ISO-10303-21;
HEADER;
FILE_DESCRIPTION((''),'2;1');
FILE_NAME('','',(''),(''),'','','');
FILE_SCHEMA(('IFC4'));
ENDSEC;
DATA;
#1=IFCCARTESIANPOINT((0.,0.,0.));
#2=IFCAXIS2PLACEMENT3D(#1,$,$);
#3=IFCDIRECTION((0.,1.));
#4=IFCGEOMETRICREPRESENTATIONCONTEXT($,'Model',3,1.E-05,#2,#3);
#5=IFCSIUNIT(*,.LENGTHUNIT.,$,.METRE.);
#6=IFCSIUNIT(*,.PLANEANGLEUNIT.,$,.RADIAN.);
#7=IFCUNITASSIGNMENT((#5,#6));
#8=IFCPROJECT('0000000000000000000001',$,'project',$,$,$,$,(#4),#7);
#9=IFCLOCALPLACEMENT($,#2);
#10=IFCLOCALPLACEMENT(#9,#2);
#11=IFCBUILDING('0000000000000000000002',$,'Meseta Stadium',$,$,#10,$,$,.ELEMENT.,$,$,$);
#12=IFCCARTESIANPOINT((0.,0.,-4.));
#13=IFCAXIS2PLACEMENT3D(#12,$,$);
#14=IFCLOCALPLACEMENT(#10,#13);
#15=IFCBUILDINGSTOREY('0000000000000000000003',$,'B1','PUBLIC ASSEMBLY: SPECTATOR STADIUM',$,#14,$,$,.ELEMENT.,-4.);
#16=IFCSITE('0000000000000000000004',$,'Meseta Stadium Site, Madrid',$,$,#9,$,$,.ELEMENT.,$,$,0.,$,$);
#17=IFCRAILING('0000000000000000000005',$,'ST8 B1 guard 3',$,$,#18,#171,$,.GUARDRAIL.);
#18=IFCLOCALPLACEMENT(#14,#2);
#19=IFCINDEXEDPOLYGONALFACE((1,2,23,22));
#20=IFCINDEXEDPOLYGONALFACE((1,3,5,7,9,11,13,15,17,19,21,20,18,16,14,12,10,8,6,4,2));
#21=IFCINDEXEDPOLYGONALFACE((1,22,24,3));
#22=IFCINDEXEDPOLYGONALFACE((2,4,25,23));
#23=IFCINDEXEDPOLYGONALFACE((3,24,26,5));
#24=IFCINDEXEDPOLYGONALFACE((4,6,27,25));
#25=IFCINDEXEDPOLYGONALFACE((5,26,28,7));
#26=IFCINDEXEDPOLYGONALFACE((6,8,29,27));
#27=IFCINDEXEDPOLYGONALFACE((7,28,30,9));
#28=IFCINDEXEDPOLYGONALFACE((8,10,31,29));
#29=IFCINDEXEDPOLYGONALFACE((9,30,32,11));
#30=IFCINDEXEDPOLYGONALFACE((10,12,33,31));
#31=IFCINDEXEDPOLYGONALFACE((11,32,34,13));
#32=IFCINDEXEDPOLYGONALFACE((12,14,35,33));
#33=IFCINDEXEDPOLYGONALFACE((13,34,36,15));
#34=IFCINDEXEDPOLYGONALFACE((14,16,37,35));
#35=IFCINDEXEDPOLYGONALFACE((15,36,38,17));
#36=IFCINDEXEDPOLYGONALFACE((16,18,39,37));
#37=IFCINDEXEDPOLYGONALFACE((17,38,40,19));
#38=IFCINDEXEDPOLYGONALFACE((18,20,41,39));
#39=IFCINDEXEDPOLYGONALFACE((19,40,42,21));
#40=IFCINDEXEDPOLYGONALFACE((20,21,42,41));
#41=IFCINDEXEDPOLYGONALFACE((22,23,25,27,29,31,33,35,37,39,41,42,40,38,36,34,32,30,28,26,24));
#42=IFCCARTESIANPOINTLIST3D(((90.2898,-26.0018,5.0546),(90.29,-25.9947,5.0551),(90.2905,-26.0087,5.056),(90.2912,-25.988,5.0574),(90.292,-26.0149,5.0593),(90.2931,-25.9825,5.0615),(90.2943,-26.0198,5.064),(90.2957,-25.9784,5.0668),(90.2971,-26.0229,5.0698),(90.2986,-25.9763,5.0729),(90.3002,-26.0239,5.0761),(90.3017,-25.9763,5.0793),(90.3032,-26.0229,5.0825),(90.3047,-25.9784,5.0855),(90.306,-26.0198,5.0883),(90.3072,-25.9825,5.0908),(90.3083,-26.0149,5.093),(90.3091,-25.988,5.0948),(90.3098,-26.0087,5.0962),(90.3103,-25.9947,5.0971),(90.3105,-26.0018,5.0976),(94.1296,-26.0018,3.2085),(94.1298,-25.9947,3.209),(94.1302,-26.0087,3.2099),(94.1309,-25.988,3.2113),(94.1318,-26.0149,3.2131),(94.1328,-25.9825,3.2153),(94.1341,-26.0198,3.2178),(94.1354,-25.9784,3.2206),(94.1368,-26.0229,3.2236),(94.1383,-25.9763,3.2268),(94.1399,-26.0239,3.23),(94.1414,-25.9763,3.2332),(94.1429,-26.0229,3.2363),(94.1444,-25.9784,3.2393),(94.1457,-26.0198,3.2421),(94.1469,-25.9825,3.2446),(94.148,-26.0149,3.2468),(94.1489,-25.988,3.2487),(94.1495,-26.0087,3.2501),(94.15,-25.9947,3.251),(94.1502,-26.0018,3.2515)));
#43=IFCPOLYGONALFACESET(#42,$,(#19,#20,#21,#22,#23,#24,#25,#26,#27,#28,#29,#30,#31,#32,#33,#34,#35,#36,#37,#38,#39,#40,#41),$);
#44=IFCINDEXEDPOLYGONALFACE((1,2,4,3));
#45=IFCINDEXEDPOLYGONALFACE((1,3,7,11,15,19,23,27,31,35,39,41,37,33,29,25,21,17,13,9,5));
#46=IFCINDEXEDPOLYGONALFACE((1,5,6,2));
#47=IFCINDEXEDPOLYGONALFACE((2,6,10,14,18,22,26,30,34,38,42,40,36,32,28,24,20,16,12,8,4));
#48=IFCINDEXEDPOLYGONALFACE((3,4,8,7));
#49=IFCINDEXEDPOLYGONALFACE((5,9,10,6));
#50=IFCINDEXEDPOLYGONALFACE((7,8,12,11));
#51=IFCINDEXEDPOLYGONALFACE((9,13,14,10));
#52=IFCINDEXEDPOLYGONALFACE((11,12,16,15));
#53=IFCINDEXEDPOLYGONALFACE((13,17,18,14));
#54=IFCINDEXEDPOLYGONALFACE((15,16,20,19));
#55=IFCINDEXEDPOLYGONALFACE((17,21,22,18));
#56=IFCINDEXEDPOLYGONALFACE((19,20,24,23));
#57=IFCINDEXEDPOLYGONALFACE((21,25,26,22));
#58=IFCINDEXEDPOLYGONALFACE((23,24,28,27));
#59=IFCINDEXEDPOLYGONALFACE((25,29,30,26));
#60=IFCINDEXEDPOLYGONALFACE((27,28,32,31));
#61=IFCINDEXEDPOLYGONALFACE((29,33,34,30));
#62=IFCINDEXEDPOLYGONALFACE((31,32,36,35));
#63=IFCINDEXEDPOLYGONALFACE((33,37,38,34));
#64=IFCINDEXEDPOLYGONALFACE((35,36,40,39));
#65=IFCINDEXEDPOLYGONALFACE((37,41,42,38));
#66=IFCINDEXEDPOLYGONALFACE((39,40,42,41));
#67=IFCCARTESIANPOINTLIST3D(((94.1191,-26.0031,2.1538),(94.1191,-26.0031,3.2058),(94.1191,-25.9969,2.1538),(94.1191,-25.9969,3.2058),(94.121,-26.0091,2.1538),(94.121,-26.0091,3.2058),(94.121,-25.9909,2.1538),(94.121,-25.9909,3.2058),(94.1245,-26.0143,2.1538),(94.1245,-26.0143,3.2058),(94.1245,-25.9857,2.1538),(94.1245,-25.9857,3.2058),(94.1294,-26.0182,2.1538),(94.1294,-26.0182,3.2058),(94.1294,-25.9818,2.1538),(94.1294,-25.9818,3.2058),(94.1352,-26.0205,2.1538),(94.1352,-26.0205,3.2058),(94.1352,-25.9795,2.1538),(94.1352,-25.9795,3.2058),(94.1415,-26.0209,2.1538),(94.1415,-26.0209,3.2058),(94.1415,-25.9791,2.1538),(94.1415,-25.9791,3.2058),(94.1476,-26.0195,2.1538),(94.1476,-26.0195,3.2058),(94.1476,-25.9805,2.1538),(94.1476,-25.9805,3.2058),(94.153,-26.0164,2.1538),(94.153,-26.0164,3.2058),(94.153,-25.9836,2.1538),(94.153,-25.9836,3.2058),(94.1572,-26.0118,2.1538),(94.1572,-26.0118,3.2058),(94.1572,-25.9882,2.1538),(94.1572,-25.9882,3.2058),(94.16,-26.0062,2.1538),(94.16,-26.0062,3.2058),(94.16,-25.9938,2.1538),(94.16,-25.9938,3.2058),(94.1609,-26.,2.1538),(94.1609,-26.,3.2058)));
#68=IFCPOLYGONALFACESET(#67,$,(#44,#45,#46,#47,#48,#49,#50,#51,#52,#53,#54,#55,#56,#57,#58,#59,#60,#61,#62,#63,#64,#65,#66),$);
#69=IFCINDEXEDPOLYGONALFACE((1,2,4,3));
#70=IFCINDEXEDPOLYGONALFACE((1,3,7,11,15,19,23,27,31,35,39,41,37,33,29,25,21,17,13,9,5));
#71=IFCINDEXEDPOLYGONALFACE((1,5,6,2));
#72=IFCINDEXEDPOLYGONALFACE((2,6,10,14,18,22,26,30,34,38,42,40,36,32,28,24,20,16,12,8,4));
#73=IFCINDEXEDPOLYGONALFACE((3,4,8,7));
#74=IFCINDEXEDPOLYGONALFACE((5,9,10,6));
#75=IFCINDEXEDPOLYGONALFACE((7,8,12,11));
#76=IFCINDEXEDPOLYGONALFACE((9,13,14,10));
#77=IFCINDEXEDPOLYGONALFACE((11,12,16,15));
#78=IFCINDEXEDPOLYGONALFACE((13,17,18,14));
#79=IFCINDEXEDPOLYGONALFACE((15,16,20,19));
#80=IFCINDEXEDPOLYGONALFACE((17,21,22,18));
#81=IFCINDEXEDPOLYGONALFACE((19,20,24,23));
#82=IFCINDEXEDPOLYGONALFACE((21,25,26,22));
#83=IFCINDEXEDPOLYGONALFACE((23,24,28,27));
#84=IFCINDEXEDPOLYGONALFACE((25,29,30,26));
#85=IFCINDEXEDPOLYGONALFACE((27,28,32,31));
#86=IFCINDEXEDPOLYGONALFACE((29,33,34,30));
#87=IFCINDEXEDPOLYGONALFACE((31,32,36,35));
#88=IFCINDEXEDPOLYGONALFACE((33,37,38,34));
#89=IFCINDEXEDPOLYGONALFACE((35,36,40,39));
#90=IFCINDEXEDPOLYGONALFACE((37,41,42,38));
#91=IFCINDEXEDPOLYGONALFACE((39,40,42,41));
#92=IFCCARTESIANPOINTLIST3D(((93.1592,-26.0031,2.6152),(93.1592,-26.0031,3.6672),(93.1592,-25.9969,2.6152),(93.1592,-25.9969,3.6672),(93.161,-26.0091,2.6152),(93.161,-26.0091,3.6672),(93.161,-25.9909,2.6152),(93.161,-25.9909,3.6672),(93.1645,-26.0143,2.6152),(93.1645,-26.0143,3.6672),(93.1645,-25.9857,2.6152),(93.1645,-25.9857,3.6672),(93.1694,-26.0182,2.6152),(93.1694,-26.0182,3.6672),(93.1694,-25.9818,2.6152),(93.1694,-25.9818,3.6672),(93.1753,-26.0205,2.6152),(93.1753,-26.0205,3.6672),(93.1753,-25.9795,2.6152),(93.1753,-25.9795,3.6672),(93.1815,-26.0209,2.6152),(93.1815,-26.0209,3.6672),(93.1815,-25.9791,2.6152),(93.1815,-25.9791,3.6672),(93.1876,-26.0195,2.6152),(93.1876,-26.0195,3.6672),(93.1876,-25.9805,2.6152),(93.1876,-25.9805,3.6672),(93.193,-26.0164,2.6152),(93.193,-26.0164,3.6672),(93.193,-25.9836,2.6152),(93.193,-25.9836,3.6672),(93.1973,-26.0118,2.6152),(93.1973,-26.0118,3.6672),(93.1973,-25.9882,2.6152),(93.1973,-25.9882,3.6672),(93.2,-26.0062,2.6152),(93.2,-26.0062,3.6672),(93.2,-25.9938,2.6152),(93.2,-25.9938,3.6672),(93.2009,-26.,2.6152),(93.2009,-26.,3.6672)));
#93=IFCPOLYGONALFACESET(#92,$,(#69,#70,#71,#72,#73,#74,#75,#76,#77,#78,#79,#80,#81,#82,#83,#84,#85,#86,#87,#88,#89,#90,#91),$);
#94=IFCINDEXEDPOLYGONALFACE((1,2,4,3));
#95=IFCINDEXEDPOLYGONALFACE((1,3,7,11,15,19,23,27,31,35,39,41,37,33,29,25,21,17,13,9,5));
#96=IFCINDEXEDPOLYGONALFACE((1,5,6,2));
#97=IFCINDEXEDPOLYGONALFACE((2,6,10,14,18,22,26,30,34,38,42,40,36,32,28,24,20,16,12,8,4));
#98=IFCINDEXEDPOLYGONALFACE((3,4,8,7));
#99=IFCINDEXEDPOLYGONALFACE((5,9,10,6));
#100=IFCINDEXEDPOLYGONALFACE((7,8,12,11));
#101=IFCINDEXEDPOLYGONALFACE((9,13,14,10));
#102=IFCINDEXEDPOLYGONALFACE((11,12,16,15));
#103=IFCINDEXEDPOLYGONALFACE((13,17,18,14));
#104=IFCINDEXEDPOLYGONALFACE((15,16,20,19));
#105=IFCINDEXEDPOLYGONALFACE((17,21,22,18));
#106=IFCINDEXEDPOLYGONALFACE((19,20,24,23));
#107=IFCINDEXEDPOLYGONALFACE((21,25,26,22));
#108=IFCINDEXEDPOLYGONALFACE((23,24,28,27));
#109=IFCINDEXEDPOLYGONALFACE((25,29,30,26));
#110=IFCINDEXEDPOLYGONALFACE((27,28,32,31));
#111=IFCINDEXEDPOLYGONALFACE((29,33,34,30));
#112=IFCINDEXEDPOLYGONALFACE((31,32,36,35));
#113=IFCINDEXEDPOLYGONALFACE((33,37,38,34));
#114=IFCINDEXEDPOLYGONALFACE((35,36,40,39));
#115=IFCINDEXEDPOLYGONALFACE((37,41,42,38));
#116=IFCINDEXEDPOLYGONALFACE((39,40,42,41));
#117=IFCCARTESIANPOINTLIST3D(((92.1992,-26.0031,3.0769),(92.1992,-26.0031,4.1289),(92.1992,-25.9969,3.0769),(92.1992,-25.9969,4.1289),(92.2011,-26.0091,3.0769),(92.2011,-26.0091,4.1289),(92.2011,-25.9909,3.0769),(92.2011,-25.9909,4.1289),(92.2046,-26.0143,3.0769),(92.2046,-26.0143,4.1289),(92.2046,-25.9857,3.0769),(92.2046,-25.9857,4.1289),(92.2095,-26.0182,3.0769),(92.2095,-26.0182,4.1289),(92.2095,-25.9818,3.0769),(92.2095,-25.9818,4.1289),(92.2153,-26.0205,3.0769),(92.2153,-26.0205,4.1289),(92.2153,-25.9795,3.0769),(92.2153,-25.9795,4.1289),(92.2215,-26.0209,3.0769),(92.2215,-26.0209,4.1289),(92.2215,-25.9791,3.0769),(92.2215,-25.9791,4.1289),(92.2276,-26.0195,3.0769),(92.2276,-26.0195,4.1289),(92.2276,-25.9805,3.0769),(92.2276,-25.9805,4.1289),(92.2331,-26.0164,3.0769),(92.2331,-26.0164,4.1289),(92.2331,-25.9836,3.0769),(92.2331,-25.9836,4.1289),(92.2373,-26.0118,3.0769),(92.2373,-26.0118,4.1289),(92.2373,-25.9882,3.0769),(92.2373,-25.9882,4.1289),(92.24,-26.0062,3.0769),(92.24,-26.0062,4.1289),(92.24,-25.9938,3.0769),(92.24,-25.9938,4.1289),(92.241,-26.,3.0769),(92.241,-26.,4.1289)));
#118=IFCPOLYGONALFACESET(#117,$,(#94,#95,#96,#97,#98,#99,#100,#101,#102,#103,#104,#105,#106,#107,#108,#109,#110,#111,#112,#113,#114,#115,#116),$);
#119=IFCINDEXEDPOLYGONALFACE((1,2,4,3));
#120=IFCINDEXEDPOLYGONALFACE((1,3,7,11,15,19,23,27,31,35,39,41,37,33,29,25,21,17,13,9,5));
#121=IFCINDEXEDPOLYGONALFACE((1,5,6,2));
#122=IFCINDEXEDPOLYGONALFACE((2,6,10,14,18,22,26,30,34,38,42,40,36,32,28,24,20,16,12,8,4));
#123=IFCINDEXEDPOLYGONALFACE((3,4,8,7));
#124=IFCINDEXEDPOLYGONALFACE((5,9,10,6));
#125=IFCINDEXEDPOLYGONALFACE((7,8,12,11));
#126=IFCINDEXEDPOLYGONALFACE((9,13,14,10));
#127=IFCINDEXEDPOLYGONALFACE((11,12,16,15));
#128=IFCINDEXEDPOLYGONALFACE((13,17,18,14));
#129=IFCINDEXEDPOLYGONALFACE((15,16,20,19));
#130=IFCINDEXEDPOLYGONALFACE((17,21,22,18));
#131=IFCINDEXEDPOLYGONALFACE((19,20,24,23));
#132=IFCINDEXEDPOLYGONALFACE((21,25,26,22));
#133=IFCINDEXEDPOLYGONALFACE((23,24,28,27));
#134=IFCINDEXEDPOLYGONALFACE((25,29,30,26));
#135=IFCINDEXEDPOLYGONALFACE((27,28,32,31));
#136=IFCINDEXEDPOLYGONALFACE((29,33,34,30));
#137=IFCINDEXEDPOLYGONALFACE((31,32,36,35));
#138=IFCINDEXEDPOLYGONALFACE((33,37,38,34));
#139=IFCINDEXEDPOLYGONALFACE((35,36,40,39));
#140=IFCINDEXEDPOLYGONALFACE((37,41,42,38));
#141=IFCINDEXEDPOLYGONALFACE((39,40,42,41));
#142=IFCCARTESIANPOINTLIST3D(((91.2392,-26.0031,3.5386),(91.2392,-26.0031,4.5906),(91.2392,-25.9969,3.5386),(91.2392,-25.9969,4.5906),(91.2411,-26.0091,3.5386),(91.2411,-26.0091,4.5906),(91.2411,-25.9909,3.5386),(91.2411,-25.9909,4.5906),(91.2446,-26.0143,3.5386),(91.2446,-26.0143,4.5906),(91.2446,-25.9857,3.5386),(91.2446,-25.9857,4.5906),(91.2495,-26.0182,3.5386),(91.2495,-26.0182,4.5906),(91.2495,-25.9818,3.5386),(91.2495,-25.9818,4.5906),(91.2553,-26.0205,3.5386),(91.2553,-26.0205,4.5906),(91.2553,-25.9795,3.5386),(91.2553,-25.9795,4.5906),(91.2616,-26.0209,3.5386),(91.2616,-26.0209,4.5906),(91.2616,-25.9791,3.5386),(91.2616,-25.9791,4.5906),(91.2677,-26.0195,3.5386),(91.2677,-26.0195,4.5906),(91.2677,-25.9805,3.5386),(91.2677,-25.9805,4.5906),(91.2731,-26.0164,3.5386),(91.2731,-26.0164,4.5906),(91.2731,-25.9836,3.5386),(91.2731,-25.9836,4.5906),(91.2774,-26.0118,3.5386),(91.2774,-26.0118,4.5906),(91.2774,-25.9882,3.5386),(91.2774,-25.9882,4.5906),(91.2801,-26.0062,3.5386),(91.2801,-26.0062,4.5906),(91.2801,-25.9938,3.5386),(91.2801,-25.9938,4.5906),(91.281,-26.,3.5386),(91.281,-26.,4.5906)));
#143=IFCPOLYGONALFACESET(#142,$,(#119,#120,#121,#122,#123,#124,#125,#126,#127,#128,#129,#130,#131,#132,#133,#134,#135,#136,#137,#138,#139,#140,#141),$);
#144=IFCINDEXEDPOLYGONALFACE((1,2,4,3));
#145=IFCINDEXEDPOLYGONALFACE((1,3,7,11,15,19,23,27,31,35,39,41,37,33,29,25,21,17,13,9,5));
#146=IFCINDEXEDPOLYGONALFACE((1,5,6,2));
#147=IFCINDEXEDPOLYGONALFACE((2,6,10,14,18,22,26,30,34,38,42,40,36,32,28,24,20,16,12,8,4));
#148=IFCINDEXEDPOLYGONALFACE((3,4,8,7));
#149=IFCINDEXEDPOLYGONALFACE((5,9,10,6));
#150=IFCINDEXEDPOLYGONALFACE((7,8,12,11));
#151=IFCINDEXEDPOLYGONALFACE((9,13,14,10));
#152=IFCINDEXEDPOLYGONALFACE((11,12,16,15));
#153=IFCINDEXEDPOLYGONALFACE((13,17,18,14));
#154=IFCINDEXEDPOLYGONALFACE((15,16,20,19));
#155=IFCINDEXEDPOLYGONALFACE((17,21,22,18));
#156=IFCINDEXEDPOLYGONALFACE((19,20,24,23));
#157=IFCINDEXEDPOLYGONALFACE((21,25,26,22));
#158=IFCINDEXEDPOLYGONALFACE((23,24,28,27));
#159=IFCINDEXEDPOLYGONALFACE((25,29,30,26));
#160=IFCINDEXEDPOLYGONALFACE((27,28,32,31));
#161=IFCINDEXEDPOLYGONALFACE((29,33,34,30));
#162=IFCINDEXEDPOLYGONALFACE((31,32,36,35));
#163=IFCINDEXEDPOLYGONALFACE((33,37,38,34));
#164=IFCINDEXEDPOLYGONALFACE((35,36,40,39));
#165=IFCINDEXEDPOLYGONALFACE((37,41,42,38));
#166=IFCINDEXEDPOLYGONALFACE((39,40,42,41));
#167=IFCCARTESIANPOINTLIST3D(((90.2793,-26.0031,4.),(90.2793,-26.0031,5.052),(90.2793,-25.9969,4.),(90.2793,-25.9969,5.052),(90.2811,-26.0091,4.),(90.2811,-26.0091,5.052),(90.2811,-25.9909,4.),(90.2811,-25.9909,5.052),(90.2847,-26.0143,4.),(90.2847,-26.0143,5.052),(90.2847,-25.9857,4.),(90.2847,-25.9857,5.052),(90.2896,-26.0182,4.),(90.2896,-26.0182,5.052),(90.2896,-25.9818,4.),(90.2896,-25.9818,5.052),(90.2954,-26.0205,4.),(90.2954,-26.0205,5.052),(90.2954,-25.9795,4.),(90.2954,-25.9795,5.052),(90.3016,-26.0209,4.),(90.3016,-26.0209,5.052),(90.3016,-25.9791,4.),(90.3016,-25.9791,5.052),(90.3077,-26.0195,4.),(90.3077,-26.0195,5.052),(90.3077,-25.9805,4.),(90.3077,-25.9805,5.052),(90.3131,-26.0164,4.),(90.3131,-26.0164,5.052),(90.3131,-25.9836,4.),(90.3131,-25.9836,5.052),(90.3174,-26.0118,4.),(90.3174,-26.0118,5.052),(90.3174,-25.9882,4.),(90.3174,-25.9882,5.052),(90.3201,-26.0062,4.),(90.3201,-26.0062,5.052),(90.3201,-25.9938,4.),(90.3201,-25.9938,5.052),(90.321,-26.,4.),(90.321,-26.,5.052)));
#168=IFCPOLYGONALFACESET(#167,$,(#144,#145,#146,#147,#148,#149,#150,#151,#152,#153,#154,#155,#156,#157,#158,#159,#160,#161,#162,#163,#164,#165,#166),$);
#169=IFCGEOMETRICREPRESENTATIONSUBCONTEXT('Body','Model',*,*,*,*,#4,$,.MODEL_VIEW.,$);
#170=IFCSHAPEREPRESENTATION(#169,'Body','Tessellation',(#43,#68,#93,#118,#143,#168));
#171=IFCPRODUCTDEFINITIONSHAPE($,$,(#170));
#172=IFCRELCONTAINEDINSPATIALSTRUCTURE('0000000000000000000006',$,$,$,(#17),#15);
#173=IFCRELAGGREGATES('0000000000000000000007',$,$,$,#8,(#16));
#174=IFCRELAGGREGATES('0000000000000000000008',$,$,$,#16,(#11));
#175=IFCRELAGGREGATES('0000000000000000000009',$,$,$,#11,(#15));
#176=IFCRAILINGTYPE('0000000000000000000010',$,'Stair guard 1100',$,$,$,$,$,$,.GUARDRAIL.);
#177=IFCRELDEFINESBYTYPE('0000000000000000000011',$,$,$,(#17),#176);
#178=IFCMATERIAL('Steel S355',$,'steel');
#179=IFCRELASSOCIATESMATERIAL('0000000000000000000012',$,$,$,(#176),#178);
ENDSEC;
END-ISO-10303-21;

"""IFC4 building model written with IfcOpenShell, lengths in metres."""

from ifc_helpers import new_model, si_unit, direction, frame, origin, origin_2d, place, context, subcontext, project, spatial, circle, extrude, material, type_object, element, save


model = new_model("IFC4")

# Units and contexts
model_context = context("Model", 3, precision=1e-05, world=origin(), true_north=direction((0.0, 1.0)))
body_context = subcontext(model_context, "Body", "Model", "MODEL_VIEW")
ifc_project = project(units=[si_unit("LENGTHUNIT", "METRE"), si_unit("PLANEANGLEUNIT", "RADIAN")], contexts=[model_context])

# Site, building, storey
site_placement = place(None, origin())
site = spatial("IfcSite", under=ifc_project, at=site_placement, Name="Meseta Stadium Site, Madrid", CompositionType="ELEMENT", RefElevation=0.0)
building_placement = place(site_placement, origin())
building = spatial("IfcBuilding", under=site, at=building_placement, Name="Meseta Stadium", CompositionType="ELEMENT")
storey_placement = place(building_placement, frame((0.0, 0.0, -4.0)))
storey = spatial("IfcBuildingStorey", under=building, at=storey_placement, Name="B1", Description="PUBLIC ASSEMBLY: SPECTATOR STADIUM", CompositionType="ELEMENT", Elevation=-4.0)

# Railing
ifc_material_1 = material(Name="Steel S355", Category="steel")
railing_type_1 = type_object("IfcRailingType", Name="Stair guard 1100", PredefinedType="GUARDRAIL", material=ifc_material_1)
railing_1_placement = place(storey_placement, frame((94.1399, -26.0, 2.1538)))
element("IfcRailing", 1, at=railing_1_placement, inside=storey, type_object=railing_type_1, Name="ST8 B1 guard 3", PredefinedType="GUARDRAIL", context=body_context, shape_type="SweptSolid", body=[
    extrude(circle(Radius=0.0239, at=origin_2d()), frame((0.0, 0.0, 1.0762), z_axis=(-0.901242, 0.0, 0.433316), x_axis=(0.0, -1.0, 0.0)), (0.0, 0.0, 1.0), 4.2605),
    extrude(circle(Radius=0.021, at=origin_2d()), origin(), (0.0, 0.0, 1.0), 1.052),
    extrude(circle(Radius=0.021, at=origin_2d()), frame((-0.96, 0.0, 0.4614)), (0.0, 0.0, 1.0), 1.052),
    extrude(circle(Radius=0.021, at=origin_2d()), frame((-1.9199, 0.0, 0.9231)), (0.0, 0.0, 1.0), 1.052),
    extrude(circle(Radius=0.021, at=origin_2d()), frame((-2.8799, 0.0, 1.3848)), (0.0, 0.0, 1.0), 1.052),
    extrude(circle(Radius=0.021, at=origin_2d()), frame((-3.8398, 0.0, 1.8462)), (0.0, 0.0, 1.0), 1.052),
])

save(model, "model.ifc")
